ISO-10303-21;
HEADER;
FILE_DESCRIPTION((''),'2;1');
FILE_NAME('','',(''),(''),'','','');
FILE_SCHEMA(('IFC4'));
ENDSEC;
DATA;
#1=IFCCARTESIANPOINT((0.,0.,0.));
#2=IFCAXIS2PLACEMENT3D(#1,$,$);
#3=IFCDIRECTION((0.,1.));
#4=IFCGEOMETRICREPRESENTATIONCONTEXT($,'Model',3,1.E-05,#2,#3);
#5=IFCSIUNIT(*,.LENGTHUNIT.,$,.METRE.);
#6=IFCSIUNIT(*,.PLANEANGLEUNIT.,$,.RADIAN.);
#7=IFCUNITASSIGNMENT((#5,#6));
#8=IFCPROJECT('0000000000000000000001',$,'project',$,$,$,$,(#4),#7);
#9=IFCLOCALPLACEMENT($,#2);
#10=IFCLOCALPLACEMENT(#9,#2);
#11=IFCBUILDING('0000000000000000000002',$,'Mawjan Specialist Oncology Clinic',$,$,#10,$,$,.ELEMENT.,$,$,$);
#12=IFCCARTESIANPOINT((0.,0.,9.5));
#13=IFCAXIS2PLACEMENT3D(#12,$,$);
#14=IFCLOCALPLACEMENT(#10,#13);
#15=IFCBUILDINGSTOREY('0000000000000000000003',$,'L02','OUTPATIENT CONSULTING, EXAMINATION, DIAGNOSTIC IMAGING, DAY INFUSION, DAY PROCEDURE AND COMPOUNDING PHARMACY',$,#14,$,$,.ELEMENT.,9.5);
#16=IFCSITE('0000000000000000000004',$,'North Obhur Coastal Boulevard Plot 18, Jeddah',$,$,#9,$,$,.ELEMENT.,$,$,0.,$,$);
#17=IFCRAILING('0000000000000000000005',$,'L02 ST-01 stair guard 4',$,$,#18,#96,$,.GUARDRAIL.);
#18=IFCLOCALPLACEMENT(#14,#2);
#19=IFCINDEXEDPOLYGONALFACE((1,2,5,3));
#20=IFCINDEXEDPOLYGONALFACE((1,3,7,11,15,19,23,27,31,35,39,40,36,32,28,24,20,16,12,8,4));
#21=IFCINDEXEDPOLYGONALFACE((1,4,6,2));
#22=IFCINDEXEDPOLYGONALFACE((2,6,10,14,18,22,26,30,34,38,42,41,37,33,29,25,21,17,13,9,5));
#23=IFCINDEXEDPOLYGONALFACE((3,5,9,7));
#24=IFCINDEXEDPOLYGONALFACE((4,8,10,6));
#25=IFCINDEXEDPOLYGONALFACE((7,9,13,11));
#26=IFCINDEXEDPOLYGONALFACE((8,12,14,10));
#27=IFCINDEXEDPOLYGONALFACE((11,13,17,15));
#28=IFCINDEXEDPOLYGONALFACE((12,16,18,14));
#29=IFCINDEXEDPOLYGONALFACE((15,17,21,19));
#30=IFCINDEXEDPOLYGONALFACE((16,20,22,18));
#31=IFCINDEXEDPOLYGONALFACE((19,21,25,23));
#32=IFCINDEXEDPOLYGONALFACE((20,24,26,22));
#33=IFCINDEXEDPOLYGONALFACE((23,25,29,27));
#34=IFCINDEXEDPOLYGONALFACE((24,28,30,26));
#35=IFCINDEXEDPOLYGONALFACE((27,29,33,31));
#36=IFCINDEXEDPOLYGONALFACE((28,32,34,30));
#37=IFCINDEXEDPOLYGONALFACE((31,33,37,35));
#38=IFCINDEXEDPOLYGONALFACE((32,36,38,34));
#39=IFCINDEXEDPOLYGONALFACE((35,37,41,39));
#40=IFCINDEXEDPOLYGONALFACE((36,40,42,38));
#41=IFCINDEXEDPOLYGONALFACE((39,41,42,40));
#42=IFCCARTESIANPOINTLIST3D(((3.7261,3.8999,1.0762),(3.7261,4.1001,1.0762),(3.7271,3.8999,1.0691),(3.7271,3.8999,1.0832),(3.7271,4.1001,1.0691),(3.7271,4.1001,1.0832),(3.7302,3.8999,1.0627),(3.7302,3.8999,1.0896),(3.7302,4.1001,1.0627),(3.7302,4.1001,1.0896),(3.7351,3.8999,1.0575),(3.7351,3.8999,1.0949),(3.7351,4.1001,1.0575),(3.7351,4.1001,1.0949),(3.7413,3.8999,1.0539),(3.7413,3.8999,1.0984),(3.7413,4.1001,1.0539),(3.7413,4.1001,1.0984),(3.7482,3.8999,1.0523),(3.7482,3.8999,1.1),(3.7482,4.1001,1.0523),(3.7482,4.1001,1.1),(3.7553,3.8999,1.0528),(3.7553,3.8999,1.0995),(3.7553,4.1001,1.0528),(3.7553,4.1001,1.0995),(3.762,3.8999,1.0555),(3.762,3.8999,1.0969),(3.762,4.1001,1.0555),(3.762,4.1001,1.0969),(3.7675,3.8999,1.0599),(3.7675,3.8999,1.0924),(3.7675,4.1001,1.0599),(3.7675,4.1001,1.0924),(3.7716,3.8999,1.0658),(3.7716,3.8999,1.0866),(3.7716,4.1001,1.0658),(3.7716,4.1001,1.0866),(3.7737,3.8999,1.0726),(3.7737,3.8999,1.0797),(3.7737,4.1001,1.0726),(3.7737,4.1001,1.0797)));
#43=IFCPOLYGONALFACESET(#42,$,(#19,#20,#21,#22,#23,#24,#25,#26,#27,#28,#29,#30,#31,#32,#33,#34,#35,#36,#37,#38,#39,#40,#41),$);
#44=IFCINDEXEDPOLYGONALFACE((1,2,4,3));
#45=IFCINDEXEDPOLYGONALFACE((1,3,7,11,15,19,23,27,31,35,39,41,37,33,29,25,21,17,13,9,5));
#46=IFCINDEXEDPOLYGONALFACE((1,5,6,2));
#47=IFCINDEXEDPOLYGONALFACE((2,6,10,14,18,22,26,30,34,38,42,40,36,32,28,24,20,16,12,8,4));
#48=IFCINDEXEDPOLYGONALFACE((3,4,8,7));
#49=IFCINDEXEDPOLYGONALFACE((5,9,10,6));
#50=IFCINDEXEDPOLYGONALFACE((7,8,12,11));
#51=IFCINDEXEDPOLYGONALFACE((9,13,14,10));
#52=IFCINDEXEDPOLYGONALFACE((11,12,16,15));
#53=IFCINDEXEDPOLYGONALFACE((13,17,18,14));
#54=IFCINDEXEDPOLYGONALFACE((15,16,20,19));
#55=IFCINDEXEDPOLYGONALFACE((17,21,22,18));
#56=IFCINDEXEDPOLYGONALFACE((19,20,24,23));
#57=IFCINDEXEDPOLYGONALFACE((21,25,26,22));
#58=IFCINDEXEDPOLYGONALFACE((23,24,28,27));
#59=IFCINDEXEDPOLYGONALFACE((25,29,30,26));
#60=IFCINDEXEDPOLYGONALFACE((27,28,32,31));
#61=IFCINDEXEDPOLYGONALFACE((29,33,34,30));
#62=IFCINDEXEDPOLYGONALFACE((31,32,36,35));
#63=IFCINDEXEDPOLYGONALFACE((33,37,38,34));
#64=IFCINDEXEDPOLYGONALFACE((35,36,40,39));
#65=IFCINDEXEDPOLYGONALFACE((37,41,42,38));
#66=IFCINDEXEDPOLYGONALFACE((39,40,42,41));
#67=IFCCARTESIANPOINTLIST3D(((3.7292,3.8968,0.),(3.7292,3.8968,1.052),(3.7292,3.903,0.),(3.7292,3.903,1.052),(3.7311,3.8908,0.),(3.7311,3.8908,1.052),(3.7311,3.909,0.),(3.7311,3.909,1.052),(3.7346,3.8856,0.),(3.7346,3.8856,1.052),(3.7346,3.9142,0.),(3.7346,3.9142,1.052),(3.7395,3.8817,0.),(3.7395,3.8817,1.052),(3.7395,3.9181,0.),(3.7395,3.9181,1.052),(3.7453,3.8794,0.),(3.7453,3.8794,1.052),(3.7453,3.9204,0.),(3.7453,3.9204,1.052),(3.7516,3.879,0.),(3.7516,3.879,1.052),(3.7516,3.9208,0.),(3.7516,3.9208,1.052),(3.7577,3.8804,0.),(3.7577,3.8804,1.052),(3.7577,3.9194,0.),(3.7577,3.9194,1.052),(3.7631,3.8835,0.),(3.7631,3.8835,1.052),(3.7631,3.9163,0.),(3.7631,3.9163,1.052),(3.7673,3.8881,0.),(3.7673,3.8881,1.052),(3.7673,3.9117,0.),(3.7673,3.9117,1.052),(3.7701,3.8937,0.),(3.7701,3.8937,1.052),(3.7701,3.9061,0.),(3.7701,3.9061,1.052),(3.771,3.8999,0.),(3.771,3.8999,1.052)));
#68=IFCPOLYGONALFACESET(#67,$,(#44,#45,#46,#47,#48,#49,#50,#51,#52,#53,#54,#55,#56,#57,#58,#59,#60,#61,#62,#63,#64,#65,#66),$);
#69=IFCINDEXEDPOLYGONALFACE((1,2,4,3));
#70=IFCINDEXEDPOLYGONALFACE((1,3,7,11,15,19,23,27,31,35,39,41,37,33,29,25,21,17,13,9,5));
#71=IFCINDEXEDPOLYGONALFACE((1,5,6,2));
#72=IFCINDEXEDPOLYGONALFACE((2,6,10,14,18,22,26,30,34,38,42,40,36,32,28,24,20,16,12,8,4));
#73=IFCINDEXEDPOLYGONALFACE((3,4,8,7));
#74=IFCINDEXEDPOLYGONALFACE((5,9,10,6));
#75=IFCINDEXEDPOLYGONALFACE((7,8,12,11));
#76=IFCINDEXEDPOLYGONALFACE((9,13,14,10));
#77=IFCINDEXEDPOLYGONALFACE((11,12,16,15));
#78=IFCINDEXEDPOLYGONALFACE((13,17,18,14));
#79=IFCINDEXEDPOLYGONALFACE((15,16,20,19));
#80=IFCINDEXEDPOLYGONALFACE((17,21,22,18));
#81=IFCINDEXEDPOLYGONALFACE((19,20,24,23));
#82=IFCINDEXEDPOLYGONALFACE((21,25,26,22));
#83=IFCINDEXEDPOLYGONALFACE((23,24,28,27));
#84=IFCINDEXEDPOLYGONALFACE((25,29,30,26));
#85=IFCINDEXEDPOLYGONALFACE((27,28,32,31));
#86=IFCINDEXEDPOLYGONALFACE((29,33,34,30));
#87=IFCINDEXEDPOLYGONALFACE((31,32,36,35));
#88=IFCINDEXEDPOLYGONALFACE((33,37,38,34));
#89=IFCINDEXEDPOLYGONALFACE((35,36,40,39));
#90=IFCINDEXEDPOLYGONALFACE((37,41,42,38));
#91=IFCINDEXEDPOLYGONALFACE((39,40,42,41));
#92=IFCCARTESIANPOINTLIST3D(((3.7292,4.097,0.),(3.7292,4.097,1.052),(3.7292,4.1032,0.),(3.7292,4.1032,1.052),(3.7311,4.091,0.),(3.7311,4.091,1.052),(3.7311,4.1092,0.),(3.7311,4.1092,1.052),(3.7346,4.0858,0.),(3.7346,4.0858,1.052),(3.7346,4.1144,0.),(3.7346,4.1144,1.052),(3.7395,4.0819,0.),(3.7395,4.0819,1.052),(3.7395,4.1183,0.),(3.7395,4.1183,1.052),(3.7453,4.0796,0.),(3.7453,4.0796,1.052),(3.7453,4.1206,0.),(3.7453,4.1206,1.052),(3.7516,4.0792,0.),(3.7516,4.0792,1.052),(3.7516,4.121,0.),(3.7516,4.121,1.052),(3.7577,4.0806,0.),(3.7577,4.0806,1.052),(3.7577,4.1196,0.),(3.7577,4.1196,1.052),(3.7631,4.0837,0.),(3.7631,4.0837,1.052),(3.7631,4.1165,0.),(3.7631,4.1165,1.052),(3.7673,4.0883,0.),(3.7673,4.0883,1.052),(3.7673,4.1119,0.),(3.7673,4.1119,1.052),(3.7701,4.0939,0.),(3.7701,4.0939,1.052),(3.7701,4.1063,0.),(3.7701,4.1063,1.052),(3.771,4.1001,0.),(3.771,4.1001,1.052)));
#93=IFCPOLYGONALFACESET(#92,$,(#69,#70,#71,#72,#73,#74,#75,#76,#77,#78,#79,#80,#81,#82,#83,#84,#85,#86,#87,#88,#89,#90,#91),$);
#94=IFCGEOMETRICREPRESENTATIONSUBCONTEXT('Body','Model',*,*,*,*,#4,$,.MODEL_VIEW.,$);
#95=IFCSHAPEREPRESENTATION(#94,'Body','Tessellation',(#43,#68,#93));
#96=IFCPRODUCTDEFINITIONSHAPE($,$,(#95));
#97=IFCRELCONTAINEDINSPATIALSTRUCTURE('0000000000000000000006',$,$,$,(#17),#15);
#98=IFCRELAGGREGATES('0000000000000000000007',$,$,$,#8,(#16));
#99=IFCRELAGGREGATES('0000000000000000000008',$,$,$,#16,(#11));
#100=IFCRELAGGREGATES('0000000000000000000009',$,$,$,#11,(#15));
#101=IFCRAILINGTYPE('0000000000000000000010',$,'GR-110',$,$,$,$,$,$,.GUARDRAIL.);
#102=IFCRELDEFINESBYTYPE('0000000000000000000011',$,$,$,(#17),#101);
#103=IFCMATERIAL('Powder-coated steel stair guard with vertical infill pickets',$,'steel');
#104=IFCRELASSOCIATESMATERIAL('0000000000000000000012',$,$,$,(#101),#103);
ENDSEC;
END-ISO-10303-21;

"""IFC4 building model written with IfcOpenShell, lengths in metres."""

from ifc_helpers import new_model, si_unit, direction, frame, origin, origin_2d, place, context, subcontext, project, spatial, circle, extrude, material, type_object, element, save


model = new_model("IFC4")

# Units and contexts
model_context = context("Model", 3, precision=1e-05, world=origin(), true_north=direction((0.0, 1.0)))
body_context = subcontext(model_context, "Body", "Model", "MODEL_VIEW")
ifc_project = project(units=[si_unit("LENGTHUNIT", "METRE"), si_unit("PLANEANGLEUNIT", "RADIAN")], contexts=[model_context])

# Site, building, storey
site_placement = place(None, origin())
site = spatial("IfcSite", under=ifc_project, at=site_placement, Name="North Obhur Coastal Boulevard Plot 18, Jeddah", CompositionType="ELEMENT", RefElevation=0.0)
building_placement = place(site_placement, origin())
building = spatial("IfcBuilding", under=site, at=building_placement, Name="Mawjan Specialist Oncology Clinic", CompositionType="ELEMENT")
storey_placement = place(building_placement, frame((0.0, 0.0, 9.5)))
storey = spatial("IfcBuildingStorey", under=building, at=storey_placement, Name="L02", Description="OUTPATIENT CONSULTING, EXAMINATION, DIAGNOSTIC IMAGING, DAY INFUSION, DAY PROCEDURE AND COMPOUNDING PHARMACY", CompositionType="ELEMENT", Elevation=9.5)

# Railing
ifc_material_1 = material(Name="Powder-coated steel stair guard with vertical infill pickets", Category="steel")
railing_type_1 = type_object("IfcRailingType", Name="GR-110", PredefinedType="GUARDRAIL", material=ifc_material_1)
railing_1_placement = place(storey_placement, frame((3.75, 3.8999, 0.0)))
element("IfcRailing", 1, at=railing_1_placement, inside=storey, type_object=railing_type_1, Name="L02 ST-01 stair guard 4", PredefinedType="GUARDRAIL", context=body_context, shape_type="SweptSolid", body=[
    extrude(circle(Radius=0.0239, at=origin_2d()), frame((0.0, 0.0, 1.0762), z_axis=(0.0, 1.0, 0.0), x_axis=(-1.0, 0.0, 0.0)), (0.0, 0.0, 1.0), 0.2002),
    extrude(circle(Radius=0.021, at=origin_2d()), origin(), (0.0, 0.0, 1.0), 1.052),
    extrude(circle(Radius=0.021, at=origin_2d()), frame((0.0, 0.2002, 0.0)), (0.0, 0.0, 1.0), 1.052),
])

save(model, "model.ifc")
